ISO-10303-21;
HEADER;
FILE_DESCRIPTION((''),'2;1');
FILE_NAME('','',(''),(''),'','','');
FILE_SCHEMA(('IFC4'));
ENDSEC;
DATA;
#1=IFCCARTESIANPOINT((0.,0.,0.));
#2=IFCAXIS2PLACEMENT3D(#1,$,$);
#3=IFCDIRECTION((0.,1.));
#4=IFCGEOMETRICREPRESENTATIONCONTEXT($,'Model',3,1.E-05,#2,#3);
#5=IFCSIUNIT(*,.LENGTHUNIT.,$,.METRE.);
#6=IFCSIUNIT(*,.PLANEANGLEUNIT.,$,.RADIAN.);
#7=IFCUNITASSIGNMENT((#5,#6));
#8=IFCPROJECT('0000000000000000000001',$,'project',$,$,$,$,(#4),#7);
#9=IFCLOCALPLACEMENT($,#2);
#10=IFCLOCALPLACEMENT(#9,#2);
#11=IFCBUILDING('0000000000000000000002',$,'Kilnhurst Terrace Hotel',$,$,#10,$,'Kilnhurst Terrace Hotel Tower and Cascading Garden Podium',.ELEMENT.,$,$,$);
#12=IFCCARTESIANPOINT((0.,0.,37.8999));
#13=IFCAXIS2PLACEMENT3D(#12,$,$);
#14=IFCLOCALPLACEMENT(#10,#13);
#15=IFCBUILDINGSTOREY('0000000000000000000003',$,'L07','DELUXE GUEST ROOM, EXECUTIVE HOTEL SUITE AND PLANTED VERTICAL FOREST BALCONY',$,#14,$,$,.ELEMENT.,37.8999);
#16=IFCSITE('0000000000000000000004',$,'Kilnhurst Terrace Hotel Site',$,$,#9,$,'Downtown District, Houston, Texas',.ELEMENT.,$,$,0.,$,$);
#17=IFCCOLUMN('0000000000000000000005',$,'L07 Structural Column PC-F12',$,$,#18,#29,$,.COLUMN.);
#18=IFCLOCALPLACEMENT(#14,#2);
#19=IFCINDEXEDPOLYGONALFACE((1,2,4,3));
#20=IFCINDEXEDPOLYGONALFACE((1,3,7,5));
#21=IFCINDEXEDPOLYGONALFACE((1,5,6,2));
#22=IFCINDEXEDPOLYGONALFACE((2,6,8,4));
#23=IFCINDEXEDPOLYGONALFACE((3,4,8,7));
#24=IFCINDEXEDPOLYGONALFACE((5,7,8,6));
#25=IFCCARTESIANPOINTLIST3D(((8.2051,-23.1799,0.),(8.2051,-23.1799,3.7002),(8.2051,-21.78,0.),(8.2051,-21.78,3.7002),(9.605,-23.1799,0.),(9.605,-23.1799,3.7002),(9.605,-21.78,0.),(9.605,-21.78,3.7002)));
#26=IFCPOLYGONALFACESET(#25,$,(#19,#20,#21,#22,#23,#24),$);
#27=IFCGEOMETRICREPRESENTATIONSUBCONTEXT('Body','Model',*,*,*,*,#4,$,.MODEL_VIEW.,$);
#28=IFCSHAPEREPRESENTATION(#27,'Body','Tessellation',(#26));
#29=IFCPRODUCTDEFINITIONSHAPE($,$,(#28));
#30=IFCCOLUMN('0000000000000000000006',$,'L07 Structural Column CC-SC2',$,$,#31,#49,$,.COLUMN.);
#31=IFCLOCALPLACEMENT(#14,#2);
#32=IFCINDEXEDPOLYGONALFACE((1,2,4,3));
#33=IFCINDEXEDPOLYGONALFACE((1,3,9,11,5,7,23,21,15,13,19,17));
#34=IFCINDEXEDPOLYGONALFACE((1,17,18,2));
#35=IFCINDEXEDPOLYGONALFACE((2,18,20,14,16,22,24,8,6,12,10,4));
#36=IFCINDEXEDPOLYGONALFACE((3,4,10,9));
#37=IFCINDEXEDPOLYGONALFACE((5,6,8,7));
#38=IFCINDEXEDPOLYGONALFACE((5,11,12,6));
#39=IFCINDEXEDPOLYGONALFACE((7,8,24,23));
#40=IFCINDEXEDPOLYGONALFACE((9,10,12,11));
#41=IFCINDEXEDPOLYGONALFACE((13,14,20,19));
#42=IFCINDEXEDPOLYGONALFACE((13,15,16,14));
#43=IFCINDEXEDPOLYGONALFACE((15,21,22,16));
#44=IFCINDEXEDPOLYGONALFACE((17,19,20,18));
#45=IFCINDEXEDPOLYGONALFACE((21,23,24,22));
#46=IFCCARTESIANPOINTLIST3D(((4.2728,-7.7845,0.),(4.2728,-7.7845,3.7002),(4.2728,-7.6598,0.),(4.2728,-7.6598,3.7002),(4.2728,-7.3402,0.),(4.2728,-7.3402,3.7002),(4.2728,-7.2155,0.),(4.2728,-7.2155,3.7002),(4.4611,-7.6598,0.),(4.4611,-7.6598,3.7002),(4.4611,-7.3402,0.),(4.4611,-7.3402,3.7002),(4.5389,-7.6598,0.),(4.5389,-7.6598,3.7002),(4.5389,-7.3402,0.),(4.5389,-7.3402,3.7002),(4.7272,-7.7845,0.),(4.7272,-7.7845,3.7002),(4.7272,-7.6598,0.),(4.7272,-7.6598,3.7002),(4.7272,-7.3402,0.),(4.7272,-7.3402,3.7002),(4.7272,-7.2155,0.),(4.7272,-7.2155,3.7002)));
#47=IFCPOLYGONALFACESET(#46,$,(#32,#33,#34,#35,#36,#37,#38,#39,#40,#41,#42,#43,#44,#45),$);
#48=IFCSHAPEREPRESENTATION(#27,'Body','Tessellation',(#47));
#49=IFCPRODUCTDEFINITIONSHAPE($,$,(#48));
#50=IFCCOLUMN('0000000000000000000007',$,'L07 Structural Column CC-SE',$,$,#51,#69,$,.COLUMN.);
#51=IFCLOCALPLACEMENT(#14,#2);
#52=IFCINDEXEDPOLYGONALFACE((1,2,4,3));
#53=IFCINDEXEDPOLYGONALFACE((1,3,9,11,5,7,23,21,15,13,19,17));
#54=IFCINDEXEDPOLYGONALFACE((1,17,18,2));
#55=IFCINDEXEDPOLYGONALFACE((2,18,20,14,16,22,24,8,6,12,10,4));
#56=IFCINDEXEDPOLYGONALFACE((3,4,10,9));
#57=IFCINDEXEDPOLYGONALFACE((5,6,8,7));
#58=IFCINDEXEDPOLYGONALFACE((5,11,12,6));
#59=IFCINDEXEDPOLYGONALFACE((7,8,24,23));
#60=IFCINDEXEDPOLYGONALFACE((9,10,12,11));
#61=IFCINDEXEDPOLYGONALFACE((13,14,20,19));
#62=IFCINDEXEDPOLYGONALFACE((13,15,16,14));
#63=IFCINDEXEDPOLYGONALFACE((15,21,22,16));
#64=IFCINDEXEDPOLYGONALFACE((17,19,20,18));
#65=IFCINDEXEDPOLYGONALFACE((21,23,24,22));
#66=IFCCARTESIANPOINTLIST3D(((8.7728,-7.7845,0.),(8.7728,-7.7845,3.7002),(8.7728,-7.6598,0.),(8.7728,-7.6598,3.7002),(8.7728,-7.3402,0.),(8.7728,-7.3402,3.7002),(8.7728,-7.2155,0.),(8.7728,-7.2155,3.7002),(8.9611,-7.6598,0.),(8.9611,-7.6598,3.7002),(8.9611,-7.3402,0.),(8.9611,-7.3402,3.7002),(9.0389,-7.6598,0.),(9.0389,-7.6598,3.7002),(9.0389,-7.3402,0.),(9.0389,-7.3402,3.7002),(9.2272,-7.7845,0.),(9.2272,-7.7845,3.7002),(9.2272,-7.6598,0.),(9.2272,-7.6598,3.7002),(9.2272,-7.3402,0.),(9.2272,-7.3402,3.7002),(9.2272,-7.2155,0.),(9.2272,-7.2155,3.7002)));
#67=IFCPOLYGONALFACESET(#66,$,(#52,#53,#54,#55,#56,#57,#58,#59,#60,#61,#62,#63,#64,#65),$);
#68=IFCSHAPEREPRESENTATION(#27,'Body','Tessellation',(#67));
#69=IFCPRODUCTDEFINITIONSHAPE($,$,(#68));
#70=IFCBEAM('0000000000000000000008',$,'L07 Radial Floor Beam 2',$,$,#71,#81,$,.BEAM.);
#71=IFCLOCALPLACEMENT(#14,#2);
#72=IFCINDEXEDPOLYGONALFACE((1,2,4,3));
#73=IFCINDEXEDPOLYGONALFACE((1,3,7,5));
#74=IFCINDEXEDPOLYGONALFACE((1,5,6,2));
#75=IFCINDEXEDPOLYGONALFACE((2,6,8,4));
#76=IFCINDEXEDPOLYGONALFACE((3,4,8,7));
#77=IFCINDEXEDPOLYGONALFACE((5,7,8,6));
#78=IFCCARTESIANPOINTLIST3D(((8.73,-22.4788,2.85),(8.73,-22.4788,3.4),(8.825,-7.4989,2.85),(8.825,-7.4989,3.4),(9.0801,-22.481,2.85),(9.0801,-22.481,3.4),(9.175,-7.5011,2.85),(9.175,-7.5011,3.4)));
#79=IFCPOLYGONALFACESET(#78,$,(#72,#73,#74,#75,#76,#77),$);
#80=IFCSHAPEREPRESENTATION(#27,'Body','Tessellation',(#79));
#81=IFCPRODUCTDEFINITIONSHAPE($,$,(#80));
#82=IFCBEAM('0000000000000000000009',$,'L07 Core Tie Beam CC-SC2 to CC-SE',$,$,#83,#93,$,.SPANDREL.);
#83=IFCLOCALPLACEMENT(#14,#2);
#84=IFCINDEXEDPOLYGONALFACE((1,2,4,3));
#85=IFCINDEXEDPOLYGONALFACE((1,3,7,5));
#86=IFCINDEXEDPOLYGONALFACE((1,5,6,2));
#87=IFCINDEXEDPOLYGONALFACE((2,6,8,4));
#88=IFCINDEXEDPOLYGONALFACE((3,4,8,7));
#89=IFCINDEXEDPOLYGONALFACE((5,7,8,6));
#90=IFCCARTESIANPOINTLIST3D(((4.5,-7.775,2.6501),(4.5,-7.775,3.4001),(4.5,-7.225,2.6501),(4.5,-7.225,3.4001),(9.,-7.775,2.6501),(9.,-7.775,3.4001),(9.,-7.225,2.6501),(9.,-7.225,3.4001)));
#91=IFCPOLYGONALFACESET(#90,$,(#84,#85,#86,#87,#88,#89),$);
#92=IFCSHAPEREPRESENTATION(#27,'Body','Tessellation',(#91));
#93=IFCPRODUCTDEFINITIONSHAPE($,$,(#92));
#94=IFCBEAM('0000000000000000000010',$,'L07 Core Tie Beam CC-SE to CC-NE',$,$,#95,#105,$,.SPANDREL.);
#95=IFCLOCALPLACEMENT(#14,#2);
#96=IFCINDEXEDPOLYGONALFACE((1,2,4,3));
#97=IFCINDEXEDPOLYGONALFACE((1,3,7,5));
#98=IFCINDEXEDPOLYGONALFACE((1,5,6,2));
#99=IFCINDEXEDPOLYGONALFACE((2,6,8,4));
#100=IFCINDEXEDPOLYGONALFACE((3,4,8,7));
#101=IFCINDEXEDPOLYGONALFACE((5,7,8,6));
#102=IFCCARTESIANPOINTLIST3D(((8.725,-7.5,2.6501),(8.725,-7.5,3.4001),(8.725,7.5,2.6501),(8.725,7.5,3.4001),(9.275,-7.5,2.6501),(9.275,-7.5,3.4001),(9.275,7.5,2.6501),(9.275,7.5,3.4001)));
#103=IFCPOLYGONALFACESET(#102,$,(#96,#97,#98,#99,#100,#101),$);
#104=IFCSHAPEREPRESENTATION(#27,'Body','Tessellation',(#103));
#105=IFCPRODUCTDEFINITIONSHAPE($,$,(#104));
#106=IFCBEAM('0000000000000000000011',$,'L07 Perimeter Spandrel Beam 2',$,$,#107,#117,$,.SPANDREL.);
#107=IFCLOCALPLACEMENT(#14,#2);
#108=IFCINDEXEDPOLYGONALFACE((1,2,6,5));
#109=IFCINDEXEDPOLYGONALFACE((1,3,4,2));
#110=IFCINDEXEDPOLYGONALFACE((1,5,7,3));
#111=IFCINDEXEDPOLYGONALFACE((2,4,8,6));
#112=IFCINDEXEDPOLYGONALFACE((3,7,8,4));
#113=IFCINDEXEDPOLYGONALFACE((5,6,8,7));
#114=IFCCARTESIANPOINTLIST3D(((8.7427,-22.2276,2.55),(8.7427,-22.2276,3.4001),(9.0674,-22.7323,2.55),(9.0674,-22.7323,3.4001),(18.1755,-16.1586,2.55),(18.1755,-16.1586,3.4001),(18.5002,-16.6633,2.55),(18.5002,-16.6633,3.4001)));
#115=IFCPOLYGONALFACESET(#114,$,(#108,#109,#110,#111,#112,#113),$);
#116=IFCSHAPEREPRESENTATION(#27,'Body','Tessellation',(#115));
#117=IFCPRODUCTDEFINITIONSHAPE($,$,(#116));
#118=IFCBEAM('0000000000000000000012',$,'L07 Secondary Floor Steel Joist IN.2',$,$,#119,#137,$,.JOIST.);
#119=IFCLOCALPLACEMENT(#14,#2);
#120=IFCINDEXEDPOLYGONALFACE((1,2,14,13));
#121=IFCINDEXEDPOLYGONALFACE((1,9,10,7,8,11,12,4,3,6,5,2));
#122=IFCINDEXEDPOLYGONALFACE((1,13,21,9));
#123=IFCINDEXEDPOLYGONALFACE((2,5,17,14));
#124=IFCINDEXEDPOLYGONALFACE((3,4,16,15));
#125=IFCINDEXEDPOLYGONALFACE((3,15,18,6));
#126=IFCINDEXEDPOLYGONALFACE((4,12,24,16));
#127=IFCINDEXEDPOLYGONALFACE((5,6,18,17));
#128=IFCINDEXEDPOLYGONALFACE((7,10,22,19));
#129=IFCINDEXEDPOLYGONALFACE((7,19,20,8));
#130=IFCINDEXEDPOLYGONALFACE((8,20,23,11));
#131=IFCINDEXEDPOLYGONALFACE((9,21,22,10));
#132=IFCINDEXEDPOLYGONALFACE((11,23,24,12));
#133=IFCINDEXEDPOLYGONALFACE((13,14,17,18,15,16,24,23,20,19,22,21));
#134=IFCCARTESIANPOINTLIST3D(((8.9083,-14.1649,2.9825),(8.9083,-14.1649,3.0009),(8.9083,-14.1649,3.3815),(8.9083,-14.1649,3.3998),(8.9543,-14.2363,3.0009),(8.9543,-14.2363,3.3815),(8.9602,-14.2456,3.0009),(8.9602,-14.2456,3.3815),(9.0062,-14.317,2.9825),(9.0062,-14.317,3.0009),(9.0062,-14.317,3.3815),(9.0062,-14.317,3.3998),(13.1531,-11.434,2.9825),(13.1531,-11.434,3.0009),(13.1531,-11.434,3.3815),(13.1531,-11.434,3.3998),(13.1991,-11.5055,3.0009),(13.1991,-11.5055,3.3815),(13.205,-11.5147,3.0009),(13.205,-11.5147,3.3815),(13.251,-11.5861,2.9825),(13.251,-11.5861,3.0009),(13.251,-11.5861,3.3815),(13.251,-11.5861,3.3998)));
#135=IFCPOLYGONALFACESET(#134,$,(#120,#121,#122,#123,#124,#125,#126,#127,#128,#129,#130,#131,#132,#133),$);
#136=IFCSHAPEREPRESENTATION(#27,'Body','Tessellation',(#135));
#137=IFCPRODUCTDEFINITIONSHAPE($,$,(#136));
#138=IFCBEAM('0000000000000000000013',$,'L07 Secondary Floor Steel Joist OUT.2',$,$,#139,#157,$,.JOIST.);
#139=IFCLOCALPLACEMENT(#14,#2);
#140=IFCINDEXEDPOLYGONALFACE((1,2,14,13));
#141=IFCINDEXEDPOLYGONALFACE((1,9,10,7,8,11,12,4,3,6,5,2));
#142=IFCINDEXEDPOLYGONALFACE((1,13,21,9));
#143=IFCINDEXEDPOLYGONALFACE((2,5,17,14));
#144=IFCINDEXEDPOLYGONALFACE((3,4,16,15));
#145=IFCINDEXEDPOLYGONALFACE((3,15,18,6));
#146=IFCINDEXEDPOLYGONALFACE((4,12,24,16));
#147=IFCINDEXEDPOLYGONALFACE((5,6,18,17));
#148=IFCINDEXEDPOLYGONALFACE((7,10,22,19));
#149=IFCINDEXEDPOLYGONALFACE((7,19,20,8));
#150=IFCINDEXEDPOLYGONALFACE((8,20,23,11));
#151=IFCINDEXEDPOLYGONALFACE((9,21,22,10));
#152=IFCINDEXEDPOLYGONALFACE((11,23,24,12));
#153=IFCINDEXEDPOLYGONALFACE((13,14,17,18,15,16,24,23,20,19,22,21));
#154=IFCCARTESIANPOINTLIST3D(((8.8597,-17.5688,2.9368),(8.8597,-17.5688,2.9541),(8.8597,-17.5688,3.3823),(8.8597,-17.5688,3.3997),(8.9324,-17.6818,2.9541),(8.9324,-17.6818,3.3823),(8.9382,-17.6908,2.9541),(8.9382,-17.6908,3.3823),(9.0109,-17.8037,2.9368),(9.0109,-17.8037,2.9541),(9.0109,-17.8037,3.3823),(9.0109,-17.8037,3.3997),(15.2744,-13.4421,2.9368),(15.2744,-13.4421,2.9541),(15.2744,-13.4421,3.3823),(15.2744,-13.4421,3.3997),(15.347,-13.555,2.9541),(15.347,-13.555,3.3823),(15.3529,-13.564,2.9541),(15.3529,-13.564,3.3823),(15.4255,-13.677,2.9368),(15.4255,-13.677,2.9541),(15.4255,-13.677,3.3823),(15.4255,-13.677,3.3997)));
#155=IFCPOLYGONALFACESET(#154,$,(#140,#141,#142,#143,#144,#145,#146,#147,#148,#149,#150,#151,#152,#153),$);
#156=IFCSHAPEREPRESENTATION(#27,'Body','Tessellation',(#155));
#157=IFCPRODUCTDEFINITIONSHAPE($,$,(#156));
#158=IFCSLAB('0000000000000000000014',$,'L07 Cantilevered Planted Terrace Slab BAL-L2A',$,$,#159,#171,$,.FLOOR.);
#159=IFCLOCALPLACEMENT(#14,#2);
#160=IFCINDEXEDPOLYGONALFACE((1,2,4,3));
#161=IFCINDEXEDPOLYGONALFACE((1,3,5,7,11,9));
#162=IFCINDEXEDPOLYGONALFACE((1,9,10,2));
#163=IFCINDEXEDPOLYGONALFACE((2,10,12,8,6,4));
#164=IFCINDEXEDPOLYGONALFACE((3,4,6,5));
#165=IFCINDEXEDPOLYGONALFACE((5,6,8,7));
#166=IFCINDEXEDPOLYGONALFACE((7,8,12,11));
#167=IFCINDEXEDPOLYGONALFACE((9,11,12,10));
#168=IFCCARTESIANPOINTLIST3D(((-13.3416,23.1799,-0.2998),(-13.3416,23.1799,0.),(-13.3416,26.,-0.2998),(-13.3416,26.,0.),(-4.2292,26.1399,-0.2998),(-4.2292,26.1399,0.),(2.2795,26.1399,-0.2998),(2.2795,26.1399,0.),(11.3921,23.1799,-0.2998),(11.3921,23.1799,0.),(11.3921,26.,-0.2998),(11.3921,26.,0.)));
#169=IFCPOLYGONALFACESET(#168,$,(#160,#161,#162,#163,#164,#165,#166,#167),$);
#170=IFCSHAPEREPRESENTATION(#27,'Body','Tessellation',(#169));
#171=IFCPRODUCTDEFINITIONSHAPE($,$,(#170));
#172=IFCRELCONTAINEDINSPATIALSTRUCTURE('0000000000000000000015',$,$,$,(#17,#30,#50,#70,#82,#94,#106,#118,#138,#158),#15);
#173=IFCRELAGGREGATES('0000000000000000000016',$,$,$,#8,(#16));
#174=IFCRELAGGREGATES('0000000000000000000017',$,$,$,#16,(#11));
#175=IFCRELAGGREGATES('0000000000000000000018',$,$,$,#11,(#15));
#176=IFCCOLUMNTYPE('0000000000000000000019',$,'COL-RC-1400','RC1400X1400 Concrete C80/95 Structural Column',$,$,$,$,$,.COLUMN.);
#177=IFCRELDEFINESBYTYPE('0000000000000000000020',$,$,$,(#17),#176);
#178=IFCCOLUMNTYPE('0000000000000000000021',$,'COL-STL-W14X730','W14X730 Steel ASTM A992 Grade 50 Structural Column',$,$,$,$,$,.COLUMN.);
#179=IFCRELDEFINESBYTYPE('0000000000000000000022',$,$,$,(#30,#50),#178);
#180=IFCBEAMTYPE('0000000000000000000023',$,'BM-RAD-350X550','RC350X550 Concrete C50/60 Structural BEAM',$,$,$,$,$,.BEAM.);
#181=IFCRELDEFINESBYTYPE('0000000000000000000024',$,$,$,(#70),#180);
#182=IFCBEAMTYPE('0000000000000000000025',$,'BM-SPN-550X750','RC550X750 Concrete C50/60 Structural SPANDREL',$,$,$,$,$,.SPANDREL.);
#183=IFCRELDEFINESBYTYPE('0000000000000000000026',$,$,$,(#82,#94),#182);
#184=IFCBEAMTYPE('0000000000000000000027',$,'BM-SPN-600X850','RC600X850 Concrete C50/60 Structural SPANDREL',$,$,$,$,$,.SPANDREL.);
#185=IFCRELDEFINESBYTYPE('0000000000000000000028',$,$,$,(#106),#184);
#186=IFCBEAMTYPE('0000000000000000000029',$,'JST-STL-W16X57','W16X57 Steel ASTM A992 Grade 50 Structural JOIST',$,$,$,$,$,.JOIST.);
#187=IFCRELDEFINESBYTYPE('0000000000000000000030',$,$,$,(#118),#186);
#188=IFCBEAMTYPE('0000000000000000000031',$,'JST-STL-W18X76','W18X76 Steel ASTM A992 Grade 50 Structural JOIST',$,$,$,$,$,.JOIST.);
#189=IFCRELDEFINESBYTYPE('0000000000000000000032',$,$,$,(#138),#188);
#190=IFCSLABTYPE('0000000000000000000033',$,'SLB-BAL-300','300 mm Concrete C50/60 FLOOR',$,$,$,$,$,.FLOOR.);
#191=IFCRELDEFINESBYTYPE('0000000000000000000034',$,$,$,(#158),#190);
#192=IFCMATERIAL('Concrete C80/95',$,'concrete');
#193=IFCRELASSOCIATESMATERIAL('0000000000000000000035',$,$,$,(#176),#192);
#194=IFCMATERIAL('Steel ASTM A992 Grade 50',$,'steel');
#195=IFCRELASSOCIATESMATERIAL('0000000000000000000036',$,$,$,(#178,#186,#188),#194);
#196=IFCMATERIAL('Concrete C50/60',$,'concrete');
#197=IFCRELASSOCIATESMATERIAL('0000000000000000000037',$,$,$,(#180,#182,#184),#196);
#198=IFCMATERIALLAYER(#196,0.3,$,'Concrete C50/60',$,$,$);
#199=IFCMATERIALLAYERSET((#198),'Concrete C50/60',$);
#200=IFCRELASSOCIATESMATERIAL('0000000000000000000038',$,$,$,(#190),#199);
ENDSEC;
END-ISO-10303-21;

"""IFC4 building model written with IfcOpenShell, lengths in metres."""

from ifc_helpers import new_model, si_unit, direction, frame, origin, origin_2d, place, context, subcontext, project, spatial, polyline, rectangle, i_section, outline, extrude, material, layer, layer_set, material_profile, profile_set, type_object, element, save


model = new_model("IFC4")

# Units and contexts
model_context = context("Model", 3, precision=1e-05, world=origin(), true_north=direction((0.0, 1.0)))
body_context = subcontext(model_context, "Body", "Model", "MODEL_VIEW")
ifc_project = project(units=[si_unit("LENGTHUNIT", "METRE"), si_unit("PLANEANGLEUNIT", "RADIAN")], contexts=[model_context])

# Site, building, storey
site_placement = place(None, origin())
site = spatial("IfcSite", under=ifc_project, at=site_placement, Name="Kilnhurst Terrace Hotel Site", LongName="Downtown District, Houston, Texas", CompositionType="ELEMENT", RefElevation=0.0)
building_placement = place(site_placement, origin())
building = spatial("IfcBuilding", under=site, at=building_placement, Name="Kilnhurst Terrace Hotel", LongName="Kilnhurst Terrace Hotel Tower and Cascading Garden Podium", CompositionType="ELEMENT")
storey_placement = place(building_placement, frame((0.0, 0.0, 37.8999)))
storey = spatial("IfcBuildingStorey", under=building, at=storey_placement, Name="L07", Description="DELUXE GUEST ROOM, EXECUTIVE HOTEL SUITE AND PLANTED VERTICAL FOREST BALCONY", CompositionType="ELEMENT", Elevation=37.8999)

# Columns
ifc_material_1 = material(Name="Concrete C80/95", Category="concrete")
ifc_material_profile_1 = material_profile(ifc_material_1, rectangle(XDim=1.3999, YDim=1.3999, at=origin_2d()), Name="RC1400X1400")
ifc_profile_set_1 = profile_set([ifc_material_profile_1], Name="Concrete C80/95")
column_type_1 = type_object("IfcColumnType", Name="COL-RC-1400", Description="RC1400X1400 Concrete C80/95 Structural Column", PredefinedType="COLUMN", material=ifc_profile_set_1)
column_placement = place(storey_placement, frame((8.905, -22.48, 0.0), z_axis=(0.0, 0.0, 1.0), x_axis=(1.0, 0.0, 0.0)))
element("IfcColumn", 1, at=column_placement, inside=storey, type_object=column_type_1, Name="L07 Structural Column PC-F12", PredefinedType="COLUMN", context=body_context, shape_type="SweptSolid", body=[
    extrude(rectangle(XDim=1.3999, YDim=1.3999, at=origin_2d()), origin(), (0.0, 0.0, 1.0), 3.7002),
])
ifc_material_2 = material(Name="Steel ASTM A992 Grade 50", Category="steel")
ifc_material_profile_2 = material_profile(ifc_material_2, i_section(OverallWidth=0.4543, OverallDepth=0.5691, WebThickness=0.0779, FlangeThickness=0.1248, at=origin_2d()), Name="W14X730")
ifc_profile_set_2 = profile_set([ifc_material_profile_2], Name="Steel ASTM A992 Grade 50")
column_type_2 = type_object("IfcColumnType", Name="COL-STL-W14X730", Description="W14X730 Steel ASTM A992 Grade 50 Structural Column", PredefinedType="COLUMN", material=ifc_profile_set_2)
for number, where, z_axis, x_axis, name in (
    (2, (4.5, -7.5, 0.0), (0.0, 0.0, 1.0), (1.0, 0.0, 0.0), "L07 Structural Column CC-SC2"),
    (3, (9.0, -7.5, 0.0), (0.0, 0.0, 1.0), (1.0, 0.0, 0.0), "L07 Structural Column CC-SE"),
):
    element("IfcColumn", number, at=place(storey_placement, frame(where, z_axis=z_axis, x_axis=x_axis)), inside=storey, type_object=column_type_2, Name=name, PredefinedType="COLUMN", context=body_context, shape_type="SweptSolid", body=[
        extrude(i_section(OverallWidth=0.4543, OverallDepth=0.5691, WebThickness=0.0779, FlangeThickness=0.1248, at=origin_2d()), origin(), (0.0, 0.0, 1.0), 3.7002),
    ])

# Beams
ifc_material_3 = material(Name="Concrete C50/60", Category="concrete")
ifc_material_profile_3 = material_profile(ifc_material_3, rectangle(XDim=0.3501, YDim=0.55, at=origin_2d()), Name="RC350X550")
ifc_profile_set_3 = profile_set([ifc_material_profile_3], Name="Concrete C50/60")
beam_type_1 = type_object("IfcBeamType", Name="BM-RAD-350X550", Description="RC350X550 Concrete C50/60 Structural BEAM", PredefinedType="BEAM", material=ifc_profile_set_3)
beam_1_placement = place(storey_placement, frame((9.0, -7.5, 3.125), z_axis=(-0.00634, -0.99998, 0.0), x_axis=(0.99998, -0.00634, 0.0)))
element("IfcBeam", 4, at=beam_1_placement, inside=storey, type_object=beam_type_1, Name="L07 Radial Floor Beam 2", PredefinedType="BEAM", context=body_context, shape_type="SweptSolid", body=[
    extrude(rectangle(XDim=0.3501, YDim=0.55, at=origin_2d()), origin(), (0.0, 0.0, 1.0), 14.9802),
])
ifc_material_profile_4 = material_profile(ifc_material_3, rectangle(XDim=0.55, YDim=0.75, at=origin_2d()), Name="RC550X750")
ifc_profile_set_4 = profile_set([ifc_material_profile_4], Name="Concrete C50/60")
beam_type_2 = type_object("IfcBeamType", Name="BM-SPN-550X750", Description="RC550X750 Concrete C50/60 Structural SPANDREL", PredefinedType="SPANDREL", material=ifc_profile_set_4)
beam_2_placement = place(storey_placement, frame((4.5, -7.5, 3.0251), z_axis=(1.0, 0.0, 0.0), x_axis=(0.0, 1.0, 0.0)))
element("IfcBeam", 5, at=beam_2_placement, inside=storey, type_object=beam_type_2, Name="L07 Core Tie Beam CC-SC2 to CC-SE", PredefinedType="SPANDREL", context=body_context, shape_type="SweptSolid", body=[
    extrude(rectangle(XDim=0.55, YDim=0.75, at=origin_2d()), origin(), (0.0, 0.0, 1.0), 4.5),
])
beam_3_placement = place(storey_placement, frame((9.0, -7.5, 3.0251), z_axis=(0.0, 1.0, 0.0), x_axis=(-1.0, 0.0, 0.0)))
element("IfcBeam", 6, at=beam_3_placement, inside=storey, type_object=beam_type_2, Name="L07 Core Tie Beam CC-SE to CC-NE", PredefinedType="SPANDREL", context=body_context, shape_type="SweptSolid", body=[
    extrude(rectangle(XDim=0.55, YDim=0.75, at=origin_2d()), origin(), (0.0, 0.0, 1.0), 15.0),
])
ifc_material_profile_5 = material_profile(ifc_material_3, rectangle(XDim=0.6001, YDim=0.8501, at=origin_2d()), Name="RC600X850")
ifc_profile_set_5 = profile_set([ifc_material_profile_5], Name="Concrete C50/60")
beam_type_3 = type_object("IfcBeamType", Name="BM-SPN-600X850", Description="RC600X850 Concrete C50/60 Structural SPANDREL", PredefinedType="SPANDREL", material=ifc_profile_set_5)
beam_4_placement = place(storey_placement, frame((8.905, -22.48, 2.9751), z_axis=(0.840971, 0.54108, 0.0), x_axis=(-0.54108, 0.840971, 0.0)))
element("IfcBeam", 7, at=beam_4_placement, inside=storey, type_object=beam_type_3, Name="L07 Perimeter Spandrel Beam 2", PredefinedType="SPANDREL", context=body_context, shape_type="SweptSolid", body=[
    extrude(rectangle(XDim=0.6001, YDim=0.8501, at=origin_2d()), origin(), (0.0, 0.0, 1.0), 11.2166),
])
ifc_material_profile_6 = material_profile(ifc_material_2, i_section(OverallWidth=0.1809, OverallDepth=0.4172, WebThickness=0.011, FlangeThickness=0.0183, at=origin_2d()), Name="W16X57")
ifc_profile_set_6 = profile_set([ifc_material_profile_6], Name="Steel ASTM A992 Grade 50")
beam_type_4 = type_object("IfcBeamType", Name="JST-STL-W16X57", Description="W16X57 Steel ASTM A992 Grade 50 Structural JOIST", PredefinedType="JOIST", material=ifc_profile_set_6)
beam_5_placement = place(storey_placement, frame((8.9573, -14.241, 3.1912), z_axis=(0.840988, 0.541053, 0.0), x_axis=(-0.541053, 0.840988, 0.0)))
element("IfcBeam", 8, at=beam_5_placement, inside=storey, type_object=beam_type_4, Name="L07 Secondary Floor Steel Joist IN.2", PredefinedType="JOIST", context=body_context, shape_type="SweptSolid", body=[
    extrude(i_section(OverallWidth=0.1809, OverallDepth=0.4172, WebThickness=0.011, FlangeThickness=0.0183, at=origin_2d()), origin(), (0.0, 0.0, 1.0), 5.0474),
])
ifc_material_profile_7 = material_profile(ifc_material_2, i_section(OverallWidth=0.2793, OverallDepth=0.4629, WebThickness=0.0107, FlangeThickness=0.0173, at=origin_2d()), Name="W18X76")
ifc_profile_set_7 = profile_set([ifc_material_profile_7], Name="Steel ASTM A992 Grade 50")
beam_type_5 = type_object("IfcBeamType", Name="JST-STL-W18X76", Description="W18X76 Steel ASTM A992 Grade 50 Structural JOIST", PredefinedType="JOIST", material=ifc_profile_set_7)
beam_6_placement = place(storey_placement, frame((8.9353, -17.6863, 3.1682), z_axis=(0.840995, 0.541042, 0.0), x_axis=(-0.541042, 0.840995, 0.0)))
element("IfcBeam", 9, at=beam_6_placement, inside=storey, type_object=beam_type_5, Name="L07 Secondary Floor Steel Joist OUT.2", PredefinedType="JOIST", context=body_context, shape_type="SweptSolid", body=[
    extrude(i_section(OverallWidth=0.2793, OverallDepth=0.4629, WebThickness=0.0107, FlangeThickness=0.0173, at=origin_2d()), origin(), (0.0, 0.0, 1.0), 7.6274),
])

# Slab
ifc_layer_1 = layer(ifc_material_3, 0.3, Name="Concrete C50/60")
ifc_layer_set_1 = layer_set([ifc_layer_1], Name="Concrete C50/60")
slab_type = type_object("IfcSlabType", Name="SLB-BAL-300", Description="300 mm Concrete C50/60 FLOOR", PredefinedType="FLOOR", material=ifc_layer_set_1)
slab_1_placement = place(storey_placement, frame((0.0, 0.0, -0.2998)))
element("IfcSlab", 10, at=slab_1_placement, inside=storey, type_object=slab_type, Name="L07 Cantilevered Planted Terrace Slab BAL-L2A", PredefinedType="FLOOR", context=body_context, shape_type="SweptSolid", body=[
    extrude(outline(polyline([(2.2795, 26.1399), (11.3921, 26.0), (11.3921, 23.1799), (-13.3416, 23.1799), (-13.3416, 26.0), (-4.2292, 26.1399), (2.2795, 26.1399)])), origin(), (0.0, 0.0, 1.0), 0.2998),
])

save(model, "model.ifc")
